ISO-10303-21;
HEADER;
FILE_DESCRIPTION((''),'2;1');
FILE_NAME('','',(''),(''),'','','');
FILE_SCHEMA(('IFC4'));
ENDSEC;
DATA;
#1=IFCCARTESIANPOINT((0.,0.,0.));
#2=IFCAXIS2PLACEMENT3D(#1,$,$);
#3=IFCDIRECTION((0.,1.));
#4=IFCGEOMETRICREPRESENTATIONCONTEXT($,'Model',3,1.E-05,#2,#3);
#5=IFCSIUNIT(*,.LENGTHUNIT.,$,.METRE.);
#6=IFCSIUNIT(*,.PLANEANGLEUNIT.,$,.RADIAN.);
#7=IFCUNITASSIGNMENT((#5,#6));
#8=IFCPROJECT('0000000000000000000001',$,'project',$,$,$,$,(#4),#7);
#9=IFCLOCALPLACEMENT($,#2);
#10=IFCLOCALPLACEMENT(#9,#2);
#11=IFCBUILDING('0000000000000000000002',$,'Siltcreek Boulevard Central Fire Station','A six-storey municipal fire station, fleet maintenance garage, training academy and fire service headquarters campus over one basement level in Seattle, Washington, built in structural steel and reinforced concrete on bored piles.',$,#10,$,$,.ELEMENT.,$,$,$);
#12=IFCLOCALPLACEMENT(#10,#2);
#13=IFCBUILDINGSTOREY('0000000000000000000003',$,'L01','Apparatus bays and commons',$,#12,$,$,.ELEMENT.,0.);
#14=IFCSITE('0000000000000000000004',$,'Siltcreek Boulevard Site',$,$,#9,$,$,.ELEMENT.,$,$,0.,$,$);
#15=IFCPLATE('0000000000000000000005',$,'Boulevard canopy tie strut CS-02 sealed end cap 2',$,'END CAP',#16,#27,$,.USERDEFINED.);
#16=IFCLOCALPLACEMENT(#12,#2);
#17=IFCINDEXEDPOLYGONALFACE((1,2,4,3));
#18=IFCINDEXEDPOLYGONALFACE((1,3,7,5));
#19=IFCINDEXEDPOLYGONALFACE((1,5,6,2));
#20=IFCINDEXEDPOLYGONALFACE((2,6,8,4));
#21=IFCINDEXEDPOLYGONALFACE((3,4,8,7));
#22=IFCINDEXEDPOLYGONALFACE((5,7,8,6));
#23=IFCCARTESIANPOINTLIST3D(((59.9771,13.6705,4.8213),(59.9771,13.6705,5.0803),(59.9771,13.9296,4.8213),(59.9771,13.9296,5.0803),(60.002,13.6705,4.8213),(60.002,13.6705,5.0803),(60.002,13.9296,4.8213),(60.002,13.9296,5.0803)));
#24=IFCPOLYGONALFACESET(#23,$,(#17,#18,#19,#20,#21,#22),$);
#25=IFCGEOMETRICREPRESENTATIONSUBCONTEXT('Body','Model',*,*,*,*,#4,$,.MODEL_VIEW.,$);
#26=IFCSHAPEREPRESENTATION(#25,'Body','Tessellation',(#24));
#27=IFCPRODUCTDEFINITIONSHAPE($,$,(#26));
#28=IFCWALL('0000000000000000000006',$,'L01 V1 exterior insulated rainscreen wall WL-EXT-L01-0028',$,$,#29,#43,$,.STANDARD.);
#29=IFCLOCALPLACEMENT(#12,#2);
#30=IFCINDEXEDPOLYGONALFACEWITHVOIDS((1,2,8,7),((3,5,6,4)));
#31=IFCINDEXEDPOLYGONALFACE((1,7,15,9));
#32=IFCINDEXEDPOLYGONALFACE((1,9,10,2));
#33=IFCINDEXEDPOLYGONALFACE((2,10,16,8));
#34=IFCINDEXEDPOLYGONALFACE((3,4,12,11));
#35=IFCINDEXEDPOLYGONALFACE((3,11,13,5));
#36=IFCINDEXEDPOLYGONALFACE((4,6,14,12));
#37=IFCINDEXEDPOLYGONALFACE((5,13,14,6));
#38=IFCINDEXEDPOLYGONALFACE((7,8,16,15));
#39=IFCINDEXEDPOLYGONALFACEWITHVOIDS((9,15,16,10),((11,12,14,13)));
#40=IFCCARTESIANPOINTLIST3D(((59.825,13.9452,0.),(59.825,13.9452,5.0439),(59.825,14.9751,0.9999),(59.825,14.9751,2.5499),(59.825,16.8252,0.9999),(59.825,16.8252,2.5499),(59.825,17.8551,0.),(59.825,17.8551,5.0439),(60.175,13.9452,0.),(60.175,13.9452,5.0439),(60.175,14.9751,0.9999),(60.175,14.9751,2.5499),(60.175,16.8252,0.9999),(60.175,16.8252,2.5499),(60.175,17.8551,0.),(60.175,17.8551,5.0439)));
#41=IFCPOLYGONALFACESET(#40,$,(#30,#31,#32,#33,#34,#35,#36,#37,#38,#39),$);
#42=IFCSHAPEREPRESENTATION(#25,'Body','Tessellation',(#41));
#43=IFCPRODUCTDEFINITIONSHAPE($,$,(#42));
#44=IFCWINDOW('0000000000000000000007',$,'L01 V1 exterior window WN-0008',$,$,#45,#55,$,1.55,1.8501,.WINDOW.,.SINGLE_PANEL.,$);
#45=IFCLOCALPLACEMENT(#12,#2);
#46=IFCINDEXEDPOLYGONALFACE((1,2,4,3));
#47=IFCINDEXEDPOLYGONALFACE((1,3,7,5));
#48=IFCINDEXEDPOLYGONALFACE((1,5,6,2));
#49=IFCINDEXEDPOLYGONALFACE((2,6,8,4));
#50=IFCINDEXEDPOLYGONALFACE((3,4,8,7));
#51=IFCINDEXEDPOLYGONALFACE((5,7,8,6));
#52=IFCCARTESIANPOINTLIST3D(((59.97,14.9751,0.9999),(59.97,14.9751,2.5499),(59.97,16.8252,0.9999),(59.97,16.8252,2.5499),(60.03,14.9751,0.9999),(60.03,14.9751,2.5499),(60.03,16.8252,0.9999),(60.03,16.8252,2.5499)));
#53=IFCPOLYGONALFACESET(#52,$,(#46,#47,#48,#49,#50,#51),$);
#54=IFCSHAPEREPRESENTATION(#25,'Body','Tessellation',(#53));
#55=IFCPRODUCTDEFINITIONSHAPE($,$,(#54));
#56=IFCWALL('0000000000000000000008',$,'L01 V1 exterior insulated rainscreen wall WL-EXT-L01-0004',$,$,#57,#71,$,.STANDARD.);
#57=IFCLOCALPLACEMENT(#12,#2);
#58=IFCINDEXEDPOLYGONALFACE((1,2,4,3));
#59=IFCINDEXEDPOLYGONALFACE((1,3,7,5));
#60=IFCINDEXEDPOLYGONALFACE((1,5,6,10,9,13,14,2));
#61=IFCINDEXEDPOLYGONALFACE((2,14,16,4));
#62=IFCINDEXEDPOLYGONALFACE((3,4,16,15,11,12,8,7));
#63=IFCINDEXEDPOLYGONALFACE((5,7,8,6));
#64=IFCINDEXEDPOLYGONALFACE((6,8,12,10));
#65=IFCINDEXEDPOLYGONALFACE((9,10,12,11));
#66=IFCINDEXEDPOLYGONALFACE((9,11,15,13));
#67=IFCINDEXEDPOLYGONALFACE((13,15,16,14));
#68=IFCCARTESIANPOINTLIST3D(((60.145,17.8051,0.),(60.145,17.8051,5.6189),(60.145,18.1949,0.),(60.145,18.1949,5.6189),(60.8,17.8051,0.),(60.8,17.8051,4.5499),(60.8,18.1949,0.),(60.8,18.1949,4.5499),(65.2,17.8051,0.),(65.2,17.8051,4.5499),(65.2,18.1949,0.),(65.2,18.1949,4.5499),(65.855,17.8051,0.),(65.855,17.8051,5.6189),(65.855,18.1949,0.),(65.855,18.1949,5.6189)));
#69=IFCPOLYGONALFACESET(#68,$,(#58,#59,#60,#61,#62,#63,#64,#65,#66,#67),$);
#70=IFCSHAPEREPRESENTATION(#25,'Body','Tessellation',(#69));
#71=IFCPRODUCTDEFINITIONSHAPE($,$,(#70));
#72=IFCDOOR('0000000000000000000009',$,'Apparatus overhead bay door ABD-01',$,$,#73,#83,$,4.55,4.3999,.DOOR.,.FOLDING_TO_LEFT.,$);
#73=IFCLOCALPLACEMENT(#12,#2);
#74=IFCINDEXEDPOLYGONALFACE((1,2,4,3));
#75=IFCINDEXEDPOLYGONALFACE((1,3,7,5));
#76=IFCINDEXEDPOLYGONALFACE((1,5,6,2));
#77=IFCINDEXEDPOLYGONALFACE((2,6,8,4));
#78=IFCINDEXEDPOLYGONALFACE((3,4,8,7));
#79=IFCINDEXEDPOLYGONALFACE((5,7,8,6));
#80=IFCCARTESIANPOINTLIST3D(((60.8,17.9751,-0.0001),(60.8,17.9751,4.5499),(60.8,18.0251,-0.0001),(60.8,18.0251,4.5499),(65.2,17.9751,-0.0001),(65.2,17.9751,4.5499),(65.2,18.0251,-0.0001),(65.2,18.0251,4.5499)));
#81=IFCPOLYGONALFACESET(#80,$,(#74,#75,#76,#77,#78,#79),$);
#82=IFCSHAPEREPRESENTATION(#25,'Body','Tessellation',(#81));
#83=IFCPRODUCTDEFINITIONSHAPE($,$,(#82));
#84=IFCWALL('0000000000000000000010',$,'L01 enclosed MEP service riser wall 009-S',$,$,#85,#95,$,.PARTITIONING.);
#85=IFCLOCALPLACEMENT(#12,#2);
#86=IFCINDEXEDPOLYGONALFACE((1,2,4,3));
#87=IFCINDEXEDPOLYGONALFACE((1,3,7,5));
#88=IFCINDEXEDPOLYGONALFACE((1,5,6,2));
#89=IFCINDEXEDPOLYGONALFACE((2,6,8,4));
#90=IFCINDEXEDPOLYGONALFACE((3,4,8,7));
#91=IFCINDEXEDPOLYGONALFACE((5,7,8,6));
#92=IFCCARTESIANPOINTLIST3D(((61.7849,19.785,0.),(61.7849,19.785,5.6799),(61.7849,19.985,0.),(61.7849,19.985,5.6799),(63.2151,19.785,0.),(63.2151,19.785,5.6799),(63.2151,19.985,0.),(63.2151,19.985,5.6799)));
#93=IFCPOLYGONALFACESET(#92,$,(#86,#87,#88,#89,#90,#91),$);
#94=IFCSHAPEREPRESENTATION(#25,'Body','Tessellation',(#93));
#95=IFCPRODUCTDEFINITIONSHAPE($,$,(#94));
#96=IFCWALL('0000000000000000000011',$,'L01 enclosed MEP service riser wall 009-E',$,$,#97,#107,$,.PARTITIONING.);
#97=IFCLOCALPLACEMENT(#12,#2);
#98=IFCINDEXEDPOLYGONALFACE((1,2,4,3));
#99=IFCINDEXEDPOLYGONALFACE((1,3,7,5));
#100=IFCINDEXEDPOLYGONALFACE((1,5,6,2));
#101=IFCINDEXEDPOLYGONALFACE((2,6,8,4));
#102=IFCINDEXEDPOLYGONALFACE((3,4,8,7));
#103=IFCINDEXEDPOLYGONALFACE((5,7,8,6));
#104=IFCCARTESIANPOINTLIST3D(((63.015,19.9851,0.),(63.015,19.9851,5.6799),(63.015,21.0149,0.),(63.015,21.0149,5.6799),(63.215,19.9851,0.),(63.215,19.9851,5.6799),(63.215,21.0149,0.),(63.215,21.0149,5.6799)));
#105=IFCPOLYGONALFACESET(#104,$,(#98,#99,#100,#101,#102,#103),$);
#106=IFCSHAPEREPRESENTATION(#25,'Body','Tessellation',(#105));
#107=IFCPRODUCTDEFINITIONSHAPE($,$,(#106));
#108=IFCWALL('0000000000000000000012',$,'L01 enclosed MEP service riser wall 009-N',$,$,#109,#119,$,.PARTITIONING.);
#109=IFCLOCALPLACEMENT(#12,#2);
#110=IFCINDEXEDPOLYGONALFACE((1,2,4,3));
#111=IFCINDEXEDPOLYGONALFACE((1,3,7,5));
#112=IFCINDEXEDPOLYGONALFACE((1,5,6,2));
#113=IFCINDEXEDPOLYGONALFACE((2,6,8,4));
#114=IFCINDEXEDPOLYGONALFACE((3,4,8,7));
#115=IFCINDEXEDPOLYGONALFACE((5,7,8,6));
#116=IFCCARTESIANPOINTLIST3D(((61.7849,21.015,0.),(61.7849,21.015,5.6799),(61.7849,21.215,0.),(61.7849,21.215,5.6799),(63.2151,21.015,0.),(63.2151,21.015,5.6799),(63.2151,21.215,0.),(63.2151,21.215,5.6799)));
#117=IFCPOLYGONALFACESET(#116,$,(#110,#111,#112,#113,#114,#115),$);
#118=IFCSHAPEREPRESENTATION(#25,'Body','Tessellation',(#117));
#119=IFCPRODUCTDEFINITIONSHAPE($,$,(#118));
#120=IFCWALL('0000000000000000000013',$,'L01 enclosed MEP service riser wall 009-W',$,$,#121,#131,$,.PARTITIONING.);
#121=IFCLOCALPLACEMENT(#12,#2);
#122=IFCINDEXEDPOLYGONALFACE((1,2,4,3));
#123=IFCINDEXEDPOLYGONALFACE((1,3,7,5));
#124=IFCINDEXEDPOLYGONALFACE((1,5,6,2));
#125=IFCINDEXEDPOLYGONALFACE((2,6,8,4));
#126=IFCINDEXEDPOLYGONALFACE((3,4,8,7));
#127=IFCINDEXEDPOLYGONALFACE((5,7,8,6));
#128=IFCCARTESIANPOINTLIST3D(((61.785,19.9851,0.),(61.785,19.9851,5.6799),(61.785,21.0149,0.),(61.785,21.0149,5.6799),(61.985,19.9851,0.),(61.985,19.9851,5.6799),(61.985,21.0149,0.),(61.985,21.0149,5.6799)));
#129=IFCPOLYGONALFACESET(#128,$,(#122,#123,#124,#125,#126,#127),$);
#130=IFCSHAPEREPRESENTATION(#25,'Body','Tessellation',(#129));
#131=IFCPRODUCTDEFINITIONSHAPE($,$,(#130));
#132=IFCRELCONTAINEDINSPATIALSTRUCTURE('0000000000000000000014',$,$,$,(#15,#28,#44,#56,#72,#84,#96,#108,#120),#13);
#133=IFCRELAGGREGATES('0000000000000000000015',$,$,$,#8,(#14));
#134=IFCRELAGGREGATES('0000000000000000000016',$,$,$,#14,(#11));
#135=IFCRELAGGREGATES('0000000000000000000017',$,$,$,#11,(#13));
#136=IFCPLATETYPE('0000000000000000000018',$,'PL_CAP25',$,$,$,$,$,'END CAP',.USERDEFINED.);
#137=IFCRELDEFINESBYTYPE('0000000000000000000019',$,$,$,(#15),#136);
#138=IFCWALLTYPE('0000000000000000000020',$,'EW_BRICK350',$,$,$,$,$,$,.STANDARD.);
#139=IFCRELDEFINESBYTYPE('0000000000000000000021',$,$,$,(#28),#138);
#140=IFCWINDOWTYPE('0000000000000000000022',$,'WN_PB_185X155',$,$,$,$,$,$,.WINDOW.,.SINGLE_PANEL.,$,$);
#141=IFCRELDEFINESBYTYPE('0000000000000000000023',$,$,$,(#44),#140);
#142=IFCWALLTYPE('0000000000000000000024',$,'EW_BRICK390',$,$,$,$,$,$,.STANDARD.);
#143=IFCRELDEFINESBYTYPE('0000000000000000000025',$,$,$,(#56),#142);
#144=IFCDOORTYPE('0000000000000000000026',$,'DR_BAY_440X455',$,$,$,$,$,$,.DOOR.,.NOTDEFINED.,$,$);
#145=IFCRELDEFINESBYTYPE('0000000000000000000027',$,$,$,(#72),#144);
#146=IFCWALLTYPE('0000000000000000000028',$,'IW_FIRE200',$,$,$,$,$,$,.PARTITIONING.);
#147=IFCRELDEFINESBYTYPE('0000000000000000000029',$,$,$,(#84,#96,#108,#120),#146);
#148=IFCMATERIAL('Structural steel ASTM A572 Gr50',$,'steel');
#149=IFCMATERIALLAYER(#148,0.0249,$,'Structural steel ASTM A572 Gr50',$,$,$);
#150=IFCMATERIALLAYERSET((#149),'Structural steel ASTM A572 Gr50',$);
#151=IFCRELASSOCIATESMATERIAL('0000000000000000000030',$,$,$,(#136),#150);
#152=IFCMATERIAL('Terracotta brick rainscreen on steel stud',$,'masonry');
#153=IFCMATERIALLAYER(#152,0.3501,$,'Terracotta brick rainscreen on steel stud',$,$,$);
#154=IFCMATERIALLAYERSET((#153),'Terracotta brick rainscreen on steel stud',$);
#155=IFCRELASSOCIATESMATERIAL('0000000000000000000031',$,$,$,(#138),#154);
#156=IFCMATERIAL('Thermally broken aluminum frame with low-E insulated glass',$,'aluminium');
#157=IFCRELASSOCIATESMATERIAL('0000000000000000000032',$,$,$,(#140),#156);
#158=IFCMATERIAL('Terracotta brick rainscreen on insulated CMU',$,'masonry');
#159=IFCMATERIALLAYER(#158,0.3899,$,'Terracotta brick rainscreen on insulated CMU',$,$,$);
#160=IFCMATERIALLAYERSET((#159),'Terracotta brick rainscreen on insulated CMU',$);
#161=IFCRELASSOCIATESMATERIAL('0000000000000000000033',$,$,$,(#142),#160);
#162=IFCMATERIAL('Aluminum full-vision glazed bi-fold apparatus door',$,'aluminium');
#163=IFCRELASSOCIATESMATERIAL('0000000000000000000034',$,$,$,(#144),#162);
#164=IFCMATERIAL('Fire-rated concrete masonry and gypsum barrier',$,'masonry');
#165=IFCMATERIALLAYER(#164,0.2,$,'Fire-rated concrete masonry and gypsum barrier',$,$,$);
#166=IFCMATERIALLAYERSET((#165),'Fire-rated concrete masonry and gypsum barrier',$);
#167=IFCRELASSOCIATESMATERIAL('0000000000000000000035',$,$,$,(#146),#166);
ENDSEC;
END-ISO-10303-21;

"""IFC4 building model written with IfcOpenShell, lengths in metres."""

from ifc_helpers import new_model, si_unit, direction, frame, frame_2d, origin, origin_2d, place, context, subcontext, project, spatial, rectangle, extrude, material, layer, layer_set, type_object, element, fill, save


model = new_model("IFC4")

# Units and contexts
model_context = context("Model", 3, precision=1e-05, world=origin(), true_north=direction((0.0, 1.0)))
body_context = subcontext(model_context, "Body", "Model", "MODEL_VIEW")
ifc_project = project(units=[si_unit("LENGTHUNIT", "METRE"), si_unit("PLANEANGLEUNIT", "RADIAN")], contexts=[model_context])

# Site, building, storey
site_placement = place(None, origin())
site = spatial("IfcSite", under=ifc_project, at=site_placement, Name="Siltcreek Boulevard Site", CompositionType="ELEMENT", RefElevation=0.0)
building_placement = place(site_placement, origin())
building = spatial("IfcBuilding", under=site, at=building_placement, Name="Siltcreek Boulevard Central Fire Station", Description="A six-storey municipal fire station, fleet maintenance garage, training academy and fire service headquarters campus over one basement level in Seattle, Washington, built in structural steel and reinforced concrete on bored piles.", CompositionType="ELEMENT")
storey_placement = place(building_placement, origin())
storey = spatial("IfcBuildingStorey", under=building, at=storey_placement, Name="L01", Description="Apparatus bays and commons", CompositionType="ELEMENT", Elevation=0.0)

# Plate
ifc_material_1 = material(Name="Structural steel ASTM A572 Gr50", Category="steel")
ifc_layer_1 = layer(ifc_material_1, 0.0249, Name="Structural steel ASTM A572 Gr50")
ifc_layer_set_1 = layer_set([ifc_layer_1], Name="Structural steel ASTM A572 Gr50")
plate_type = type_object("IfcPlateType", Name="PL_CAP25", ElementType="END CAP", PredefinedType="USERDEFINED", material=ifc_layer_set_1)
plate_placement = place(storey_placement, frame((59.9895, 13.8, 4.8213), z_axis=(0.0, 0.0, 1.0), x_axis=(-1.0, 0.0, 0.0)))
element("IfcPlate", 1, at=plate_placement, inside=storey, type_object=plate_type, Name="Boulevard canopy tie strut CS-02 sealed end cap 2", ObjectType="END CAP", PredefinedType="USERDEFINED", context=body_context, shape_type="SweptSolid", body=[
    extrude(rectangle(XDim=0.0249, YDim=0.259, at=origin_2d()), origin(), (0.0, 0.0, 1.0), 0.259),
])

# Wall, opening, window
ifc_material_2 = material(Name="Terracotta brick rainscreen on steel stud", Category="masonry")
ifc_layer_2 = layer(ifc_material_2, 0.3501, Name="Terracotta brick rainscreen on steel stud")
ifc_layer_set_2 = layer_set([ifc_layer_2], Name="Terracotta brick rainscreen on steel stud")
wall_type_1 = type_object("IfcWallType", Name="EW_BRICK350", PredefinedType="STANDARD", material=ifc_layer_set_2)
wall_1_placement = place(storey_placement, frame((60.0, 13.9451, 0.0), z_axis=(0.0, 0.0, 1.0), x_axis=(0.0, 1.0, 0.0)))
wall_1 = element("IfcWall", 2, at=wall_1_placement, inside=storey, type_object=wall_type_1, Name="L01 V1 exterior insulated rainscreen wall WL-EXT-L01-0028", PredefinedType="STANDARD", context=body_context, shape_type="SweptSolid", body=[
    extrude(rectangle(XDim=3.9099, YDim=0.3501, at=frame_2d((1.9551, 0.0))), origin(), (0.0, 0.0, 1.0), 5.0439),
])
opening_1_placement = place(wall_1_placement, frame((1.03, 0.0, 1.0)))
opening_1 = element("IfcOpeningElement", 3, at=opening_1_placement, cuts=wall_1, PredefinedType="OPENING", context=body_context, shape_type="SweptSolid", body=[
    extrude(rectangle(XDim=1.8501, YDim=1.55, at=frame_2d((0.925, 0.7749))), frame((0.0, 0.1851, 0.0), z_axis=(0.0, -1.0, 0.0), x_axis=(1.0, 0.0, 0.0)), (0.0, 0.0, 1.0), 0.3701),
])
ifc_material_3 = material(Name="Thermally broken aluminum frame with low-E insulated glass", Category="aluminium")
window_type = type_object("IfcWindowType", Name="WN_PB_185X155", PartitioningType="SINGLE_PANEL", PredefinedType="WINDOW", material=ifc_material_3)
window_placement = place(opening_1_placement, origin())
window = element("IfcWindow", 4, at=window_placement, inside=storey, type_object=window_type, Name="L01 V1 exterior window WN-0008", OverallHeight=1.55, OverallWidth=1.8501, PartitioningType="SINGLE_PANEL", PredefinedType="WINDOW", context=body_context, shape_type="SweptSolid", body=[
    extrude(rectangle(XDim=1.8501, YDim=1.55, at=frame_2d((0.925, 0.7749))), frame((0.0, 0.03, 0.0), z_axis=(0.0, -1.0, 0.0), x_axis=(1.0, 0.0, 0.0)), (0.0, 0.0, 1.0), 0.0601),
])
fill(opening_1, window)

# Wall, opening, door
ifc_material_4 = material(Name="Terracotta brick rainscreen on insulated CMU", Category="masonry")
ifc_layer_3 = layer(ifc_material_4, 0.3899, Name="Terracotta brick rainscreen on insulated CMU")
ifc_layer_set_3 = layer_set([ifc_layer_3], Name="Terracotta brick rainscreen on insulated CMU")
wall_type_2 = type_object("IfcWallType", Name="EW_BRICK390", PredefinedType="STANDARD", material=ifc_layer_set_3)
wall_2_placement = place(storey_placement, frame((60.145, 18.0, 0.0), z_axis=(0.0, 0.0, 1.0), x_axis=(1.0, 0.0, 0.0)))
wall_2 = element("IfcWall", 5, at=wall_2_placement, inside=storey, type_object=wall_type_2, Name="L01 V1 exterior insulated rainscreen wall WL-EXT-L01-0004", PredefinedType="STANDARD", context=body_context, shape_type="SweptSolid", body=[
    extrude(rectangle(XDim=5.71, YDim=0.3899, at=frame_2d((2.855, 0.0))), origin(), (0.0, 0.0, 1.0), 5.6189),
])
opening_2_placement = place(wall_2_placement, frame((0.655, 0.0, 0.0)))
opening_2 = element("IfcOpeningElement", 6, at=opening_2_placement, cuts=wall_2, PredefinedType="OPENING", context=body_context, shape_type="SweptSolid", body=[
    extrude(rectangle(XDim=4.3999, YDim=4.55, at=frame_2d((2.2, 2.2749))), frame((0.0, 0.2048, 0.0), z_axis=(0.0, -1.0, 0.0), x_axis=(1.0, 0.0, 0.0)), (0.0, 0.0, 1.0), 0.4099),
])
ifc_material_5 = material(Name="Aluminum full-vision glazed bi-fold apparatus door", Category="aluminium")
door_type = type_object("IfcDoorType", Name="DR_BAY_440X455", OperationType="NOTDEFINED", PredefinedType="DOOR", material=ifc_material_5)
door_placement = place(opening_2_placement, frame((4.3999, 0.0, 0.0), z_axis=(0.0, 0.0, 1.0), x_axis=(-1.0, 0.0, 0.0)))
door = element("IfcDoor", 7, at=door_placement, inside=storey, type_object=door_type, Name="Apparatus overhead bay door ABD-01", OperationType="FOLDING_TO_LEFT", OverallHeight=4.55, OverallWidth=4.3999, PredefinedType="DOOR", context=body_context, shape_type="SweptSolid", body=[
    extrude(rectangle(XDim=4.3999, YDim=4.55, at=frame_2d((2.2, 2.2749))), frame((0.0, 0.0249, 0.0), z_axis=(0.0, -1.0, 0.0), x_axis=(1.0, 0.0, 0.0)), (0.0, 0.0, 1.0), 0.05),
])
fill(opening_2, door)

# Walls
ifc_material_6 = material(Name="Fire-rated concrete masonry and gypsum barrier", Category="masonry")
ifc_layer_4 = layer(ifc_material_6, 0.2, Name="Fire-rated concrete masonry and gypsum barrier")
ifc_layer_set_4 = layer_set([ifc_layer_4], Name="Fire-rated concrete masonry and gypsum barrier")
wall_type_3 = type_object("IfcWallType", Name="IW_FIRE200", PredefinedType="PARTITIONING", material=ifc_layer_set_4)
wall_3_placement = place(storey_placement, frame((61.7849, 19.885, 0.0), z_axis=(0.0, 0.0, 1.0), x_axis=(1.0, 0.0, 0.0)))
element("IfcWall", 8, at=wall_3_placement, inside=storey, type_object=wall_type_3, Name="L01 enclosed MEP service riser wall 009-S", PredefinedType="PARTITIONING", context=body_context, shape_type="SweptSolid", body=[
    extrude(rectangle(XDim=1.4302, YDim=0.2, at=frame_2d((0.7151, 0.0))), origin(), (0.0, 0.0, 1.0), 5.6799),
])
wall_4_placement = place(storey_placement, frame((63.115, 19.9851, 0.0), z_axis=(0.0, 0.0, 1.0), x_axis=(0.0, 1.0, 0.0)))
element("IfcWall", 9, at=wall_4_placement, inside=storey, type_object=wall_type_3, Name="L01 enclosed MEP service riser wall 009-E", PredefinedType="PARTITIONING", context=body_context, shape_type="SweptSolid", body=[
    extrude(rectangle(XDim=1.0298, YDim=0.2, at=frame_2d((0.5149, 0.0))), origin(), (0.0, 0.0, 1.0), 5.6799),
])
wall_5_placement = place(storey_placement, frame((63.2151, 21.115, 0.0), z_axis=(0.0, 0.0, 1.0), x_axis=(-1.0, 0.0, 0.0)))
element("IfcWall", 10, at=wall_5_placement, inside=storey, type_object=wall_type_3, Name="L01 enclosed MEP service riser wall 009-N", PredefinedType="PARTITIONING", context=body_context, shape_type="SweptSolid", body=[
    extrude(rectangle(XDim=1.4302, YDim=0.2, at=frame_2d((0.7151, 0.0))), origin(), (0.0, 0.0, 1.0), 5.6799),
])
wall_6_placement = place(storey_placement, frame((61.885, 21.0149, 0.0), z_axis=(0.0, 0.0, 1.0), x_axis=(0.0, -1.0, 0.0)))
element("IfcWall", 11, at=wall_6_placement, inside=storey, type_object=wall_type_3, Name="L01 enclosed MEP service riser wall 009-W", PredefinedType="PARTITIONING", context=body_context, shape_type="SweptSolid", body=[
    extrude(rectangle(XDim=1.0298, YDim=0.2, at=frame_2d((0.5149, 0.0))), origin(), (0.0, 0.0, 1.0), 5.6799),
])

save(model, "model.ifc")
